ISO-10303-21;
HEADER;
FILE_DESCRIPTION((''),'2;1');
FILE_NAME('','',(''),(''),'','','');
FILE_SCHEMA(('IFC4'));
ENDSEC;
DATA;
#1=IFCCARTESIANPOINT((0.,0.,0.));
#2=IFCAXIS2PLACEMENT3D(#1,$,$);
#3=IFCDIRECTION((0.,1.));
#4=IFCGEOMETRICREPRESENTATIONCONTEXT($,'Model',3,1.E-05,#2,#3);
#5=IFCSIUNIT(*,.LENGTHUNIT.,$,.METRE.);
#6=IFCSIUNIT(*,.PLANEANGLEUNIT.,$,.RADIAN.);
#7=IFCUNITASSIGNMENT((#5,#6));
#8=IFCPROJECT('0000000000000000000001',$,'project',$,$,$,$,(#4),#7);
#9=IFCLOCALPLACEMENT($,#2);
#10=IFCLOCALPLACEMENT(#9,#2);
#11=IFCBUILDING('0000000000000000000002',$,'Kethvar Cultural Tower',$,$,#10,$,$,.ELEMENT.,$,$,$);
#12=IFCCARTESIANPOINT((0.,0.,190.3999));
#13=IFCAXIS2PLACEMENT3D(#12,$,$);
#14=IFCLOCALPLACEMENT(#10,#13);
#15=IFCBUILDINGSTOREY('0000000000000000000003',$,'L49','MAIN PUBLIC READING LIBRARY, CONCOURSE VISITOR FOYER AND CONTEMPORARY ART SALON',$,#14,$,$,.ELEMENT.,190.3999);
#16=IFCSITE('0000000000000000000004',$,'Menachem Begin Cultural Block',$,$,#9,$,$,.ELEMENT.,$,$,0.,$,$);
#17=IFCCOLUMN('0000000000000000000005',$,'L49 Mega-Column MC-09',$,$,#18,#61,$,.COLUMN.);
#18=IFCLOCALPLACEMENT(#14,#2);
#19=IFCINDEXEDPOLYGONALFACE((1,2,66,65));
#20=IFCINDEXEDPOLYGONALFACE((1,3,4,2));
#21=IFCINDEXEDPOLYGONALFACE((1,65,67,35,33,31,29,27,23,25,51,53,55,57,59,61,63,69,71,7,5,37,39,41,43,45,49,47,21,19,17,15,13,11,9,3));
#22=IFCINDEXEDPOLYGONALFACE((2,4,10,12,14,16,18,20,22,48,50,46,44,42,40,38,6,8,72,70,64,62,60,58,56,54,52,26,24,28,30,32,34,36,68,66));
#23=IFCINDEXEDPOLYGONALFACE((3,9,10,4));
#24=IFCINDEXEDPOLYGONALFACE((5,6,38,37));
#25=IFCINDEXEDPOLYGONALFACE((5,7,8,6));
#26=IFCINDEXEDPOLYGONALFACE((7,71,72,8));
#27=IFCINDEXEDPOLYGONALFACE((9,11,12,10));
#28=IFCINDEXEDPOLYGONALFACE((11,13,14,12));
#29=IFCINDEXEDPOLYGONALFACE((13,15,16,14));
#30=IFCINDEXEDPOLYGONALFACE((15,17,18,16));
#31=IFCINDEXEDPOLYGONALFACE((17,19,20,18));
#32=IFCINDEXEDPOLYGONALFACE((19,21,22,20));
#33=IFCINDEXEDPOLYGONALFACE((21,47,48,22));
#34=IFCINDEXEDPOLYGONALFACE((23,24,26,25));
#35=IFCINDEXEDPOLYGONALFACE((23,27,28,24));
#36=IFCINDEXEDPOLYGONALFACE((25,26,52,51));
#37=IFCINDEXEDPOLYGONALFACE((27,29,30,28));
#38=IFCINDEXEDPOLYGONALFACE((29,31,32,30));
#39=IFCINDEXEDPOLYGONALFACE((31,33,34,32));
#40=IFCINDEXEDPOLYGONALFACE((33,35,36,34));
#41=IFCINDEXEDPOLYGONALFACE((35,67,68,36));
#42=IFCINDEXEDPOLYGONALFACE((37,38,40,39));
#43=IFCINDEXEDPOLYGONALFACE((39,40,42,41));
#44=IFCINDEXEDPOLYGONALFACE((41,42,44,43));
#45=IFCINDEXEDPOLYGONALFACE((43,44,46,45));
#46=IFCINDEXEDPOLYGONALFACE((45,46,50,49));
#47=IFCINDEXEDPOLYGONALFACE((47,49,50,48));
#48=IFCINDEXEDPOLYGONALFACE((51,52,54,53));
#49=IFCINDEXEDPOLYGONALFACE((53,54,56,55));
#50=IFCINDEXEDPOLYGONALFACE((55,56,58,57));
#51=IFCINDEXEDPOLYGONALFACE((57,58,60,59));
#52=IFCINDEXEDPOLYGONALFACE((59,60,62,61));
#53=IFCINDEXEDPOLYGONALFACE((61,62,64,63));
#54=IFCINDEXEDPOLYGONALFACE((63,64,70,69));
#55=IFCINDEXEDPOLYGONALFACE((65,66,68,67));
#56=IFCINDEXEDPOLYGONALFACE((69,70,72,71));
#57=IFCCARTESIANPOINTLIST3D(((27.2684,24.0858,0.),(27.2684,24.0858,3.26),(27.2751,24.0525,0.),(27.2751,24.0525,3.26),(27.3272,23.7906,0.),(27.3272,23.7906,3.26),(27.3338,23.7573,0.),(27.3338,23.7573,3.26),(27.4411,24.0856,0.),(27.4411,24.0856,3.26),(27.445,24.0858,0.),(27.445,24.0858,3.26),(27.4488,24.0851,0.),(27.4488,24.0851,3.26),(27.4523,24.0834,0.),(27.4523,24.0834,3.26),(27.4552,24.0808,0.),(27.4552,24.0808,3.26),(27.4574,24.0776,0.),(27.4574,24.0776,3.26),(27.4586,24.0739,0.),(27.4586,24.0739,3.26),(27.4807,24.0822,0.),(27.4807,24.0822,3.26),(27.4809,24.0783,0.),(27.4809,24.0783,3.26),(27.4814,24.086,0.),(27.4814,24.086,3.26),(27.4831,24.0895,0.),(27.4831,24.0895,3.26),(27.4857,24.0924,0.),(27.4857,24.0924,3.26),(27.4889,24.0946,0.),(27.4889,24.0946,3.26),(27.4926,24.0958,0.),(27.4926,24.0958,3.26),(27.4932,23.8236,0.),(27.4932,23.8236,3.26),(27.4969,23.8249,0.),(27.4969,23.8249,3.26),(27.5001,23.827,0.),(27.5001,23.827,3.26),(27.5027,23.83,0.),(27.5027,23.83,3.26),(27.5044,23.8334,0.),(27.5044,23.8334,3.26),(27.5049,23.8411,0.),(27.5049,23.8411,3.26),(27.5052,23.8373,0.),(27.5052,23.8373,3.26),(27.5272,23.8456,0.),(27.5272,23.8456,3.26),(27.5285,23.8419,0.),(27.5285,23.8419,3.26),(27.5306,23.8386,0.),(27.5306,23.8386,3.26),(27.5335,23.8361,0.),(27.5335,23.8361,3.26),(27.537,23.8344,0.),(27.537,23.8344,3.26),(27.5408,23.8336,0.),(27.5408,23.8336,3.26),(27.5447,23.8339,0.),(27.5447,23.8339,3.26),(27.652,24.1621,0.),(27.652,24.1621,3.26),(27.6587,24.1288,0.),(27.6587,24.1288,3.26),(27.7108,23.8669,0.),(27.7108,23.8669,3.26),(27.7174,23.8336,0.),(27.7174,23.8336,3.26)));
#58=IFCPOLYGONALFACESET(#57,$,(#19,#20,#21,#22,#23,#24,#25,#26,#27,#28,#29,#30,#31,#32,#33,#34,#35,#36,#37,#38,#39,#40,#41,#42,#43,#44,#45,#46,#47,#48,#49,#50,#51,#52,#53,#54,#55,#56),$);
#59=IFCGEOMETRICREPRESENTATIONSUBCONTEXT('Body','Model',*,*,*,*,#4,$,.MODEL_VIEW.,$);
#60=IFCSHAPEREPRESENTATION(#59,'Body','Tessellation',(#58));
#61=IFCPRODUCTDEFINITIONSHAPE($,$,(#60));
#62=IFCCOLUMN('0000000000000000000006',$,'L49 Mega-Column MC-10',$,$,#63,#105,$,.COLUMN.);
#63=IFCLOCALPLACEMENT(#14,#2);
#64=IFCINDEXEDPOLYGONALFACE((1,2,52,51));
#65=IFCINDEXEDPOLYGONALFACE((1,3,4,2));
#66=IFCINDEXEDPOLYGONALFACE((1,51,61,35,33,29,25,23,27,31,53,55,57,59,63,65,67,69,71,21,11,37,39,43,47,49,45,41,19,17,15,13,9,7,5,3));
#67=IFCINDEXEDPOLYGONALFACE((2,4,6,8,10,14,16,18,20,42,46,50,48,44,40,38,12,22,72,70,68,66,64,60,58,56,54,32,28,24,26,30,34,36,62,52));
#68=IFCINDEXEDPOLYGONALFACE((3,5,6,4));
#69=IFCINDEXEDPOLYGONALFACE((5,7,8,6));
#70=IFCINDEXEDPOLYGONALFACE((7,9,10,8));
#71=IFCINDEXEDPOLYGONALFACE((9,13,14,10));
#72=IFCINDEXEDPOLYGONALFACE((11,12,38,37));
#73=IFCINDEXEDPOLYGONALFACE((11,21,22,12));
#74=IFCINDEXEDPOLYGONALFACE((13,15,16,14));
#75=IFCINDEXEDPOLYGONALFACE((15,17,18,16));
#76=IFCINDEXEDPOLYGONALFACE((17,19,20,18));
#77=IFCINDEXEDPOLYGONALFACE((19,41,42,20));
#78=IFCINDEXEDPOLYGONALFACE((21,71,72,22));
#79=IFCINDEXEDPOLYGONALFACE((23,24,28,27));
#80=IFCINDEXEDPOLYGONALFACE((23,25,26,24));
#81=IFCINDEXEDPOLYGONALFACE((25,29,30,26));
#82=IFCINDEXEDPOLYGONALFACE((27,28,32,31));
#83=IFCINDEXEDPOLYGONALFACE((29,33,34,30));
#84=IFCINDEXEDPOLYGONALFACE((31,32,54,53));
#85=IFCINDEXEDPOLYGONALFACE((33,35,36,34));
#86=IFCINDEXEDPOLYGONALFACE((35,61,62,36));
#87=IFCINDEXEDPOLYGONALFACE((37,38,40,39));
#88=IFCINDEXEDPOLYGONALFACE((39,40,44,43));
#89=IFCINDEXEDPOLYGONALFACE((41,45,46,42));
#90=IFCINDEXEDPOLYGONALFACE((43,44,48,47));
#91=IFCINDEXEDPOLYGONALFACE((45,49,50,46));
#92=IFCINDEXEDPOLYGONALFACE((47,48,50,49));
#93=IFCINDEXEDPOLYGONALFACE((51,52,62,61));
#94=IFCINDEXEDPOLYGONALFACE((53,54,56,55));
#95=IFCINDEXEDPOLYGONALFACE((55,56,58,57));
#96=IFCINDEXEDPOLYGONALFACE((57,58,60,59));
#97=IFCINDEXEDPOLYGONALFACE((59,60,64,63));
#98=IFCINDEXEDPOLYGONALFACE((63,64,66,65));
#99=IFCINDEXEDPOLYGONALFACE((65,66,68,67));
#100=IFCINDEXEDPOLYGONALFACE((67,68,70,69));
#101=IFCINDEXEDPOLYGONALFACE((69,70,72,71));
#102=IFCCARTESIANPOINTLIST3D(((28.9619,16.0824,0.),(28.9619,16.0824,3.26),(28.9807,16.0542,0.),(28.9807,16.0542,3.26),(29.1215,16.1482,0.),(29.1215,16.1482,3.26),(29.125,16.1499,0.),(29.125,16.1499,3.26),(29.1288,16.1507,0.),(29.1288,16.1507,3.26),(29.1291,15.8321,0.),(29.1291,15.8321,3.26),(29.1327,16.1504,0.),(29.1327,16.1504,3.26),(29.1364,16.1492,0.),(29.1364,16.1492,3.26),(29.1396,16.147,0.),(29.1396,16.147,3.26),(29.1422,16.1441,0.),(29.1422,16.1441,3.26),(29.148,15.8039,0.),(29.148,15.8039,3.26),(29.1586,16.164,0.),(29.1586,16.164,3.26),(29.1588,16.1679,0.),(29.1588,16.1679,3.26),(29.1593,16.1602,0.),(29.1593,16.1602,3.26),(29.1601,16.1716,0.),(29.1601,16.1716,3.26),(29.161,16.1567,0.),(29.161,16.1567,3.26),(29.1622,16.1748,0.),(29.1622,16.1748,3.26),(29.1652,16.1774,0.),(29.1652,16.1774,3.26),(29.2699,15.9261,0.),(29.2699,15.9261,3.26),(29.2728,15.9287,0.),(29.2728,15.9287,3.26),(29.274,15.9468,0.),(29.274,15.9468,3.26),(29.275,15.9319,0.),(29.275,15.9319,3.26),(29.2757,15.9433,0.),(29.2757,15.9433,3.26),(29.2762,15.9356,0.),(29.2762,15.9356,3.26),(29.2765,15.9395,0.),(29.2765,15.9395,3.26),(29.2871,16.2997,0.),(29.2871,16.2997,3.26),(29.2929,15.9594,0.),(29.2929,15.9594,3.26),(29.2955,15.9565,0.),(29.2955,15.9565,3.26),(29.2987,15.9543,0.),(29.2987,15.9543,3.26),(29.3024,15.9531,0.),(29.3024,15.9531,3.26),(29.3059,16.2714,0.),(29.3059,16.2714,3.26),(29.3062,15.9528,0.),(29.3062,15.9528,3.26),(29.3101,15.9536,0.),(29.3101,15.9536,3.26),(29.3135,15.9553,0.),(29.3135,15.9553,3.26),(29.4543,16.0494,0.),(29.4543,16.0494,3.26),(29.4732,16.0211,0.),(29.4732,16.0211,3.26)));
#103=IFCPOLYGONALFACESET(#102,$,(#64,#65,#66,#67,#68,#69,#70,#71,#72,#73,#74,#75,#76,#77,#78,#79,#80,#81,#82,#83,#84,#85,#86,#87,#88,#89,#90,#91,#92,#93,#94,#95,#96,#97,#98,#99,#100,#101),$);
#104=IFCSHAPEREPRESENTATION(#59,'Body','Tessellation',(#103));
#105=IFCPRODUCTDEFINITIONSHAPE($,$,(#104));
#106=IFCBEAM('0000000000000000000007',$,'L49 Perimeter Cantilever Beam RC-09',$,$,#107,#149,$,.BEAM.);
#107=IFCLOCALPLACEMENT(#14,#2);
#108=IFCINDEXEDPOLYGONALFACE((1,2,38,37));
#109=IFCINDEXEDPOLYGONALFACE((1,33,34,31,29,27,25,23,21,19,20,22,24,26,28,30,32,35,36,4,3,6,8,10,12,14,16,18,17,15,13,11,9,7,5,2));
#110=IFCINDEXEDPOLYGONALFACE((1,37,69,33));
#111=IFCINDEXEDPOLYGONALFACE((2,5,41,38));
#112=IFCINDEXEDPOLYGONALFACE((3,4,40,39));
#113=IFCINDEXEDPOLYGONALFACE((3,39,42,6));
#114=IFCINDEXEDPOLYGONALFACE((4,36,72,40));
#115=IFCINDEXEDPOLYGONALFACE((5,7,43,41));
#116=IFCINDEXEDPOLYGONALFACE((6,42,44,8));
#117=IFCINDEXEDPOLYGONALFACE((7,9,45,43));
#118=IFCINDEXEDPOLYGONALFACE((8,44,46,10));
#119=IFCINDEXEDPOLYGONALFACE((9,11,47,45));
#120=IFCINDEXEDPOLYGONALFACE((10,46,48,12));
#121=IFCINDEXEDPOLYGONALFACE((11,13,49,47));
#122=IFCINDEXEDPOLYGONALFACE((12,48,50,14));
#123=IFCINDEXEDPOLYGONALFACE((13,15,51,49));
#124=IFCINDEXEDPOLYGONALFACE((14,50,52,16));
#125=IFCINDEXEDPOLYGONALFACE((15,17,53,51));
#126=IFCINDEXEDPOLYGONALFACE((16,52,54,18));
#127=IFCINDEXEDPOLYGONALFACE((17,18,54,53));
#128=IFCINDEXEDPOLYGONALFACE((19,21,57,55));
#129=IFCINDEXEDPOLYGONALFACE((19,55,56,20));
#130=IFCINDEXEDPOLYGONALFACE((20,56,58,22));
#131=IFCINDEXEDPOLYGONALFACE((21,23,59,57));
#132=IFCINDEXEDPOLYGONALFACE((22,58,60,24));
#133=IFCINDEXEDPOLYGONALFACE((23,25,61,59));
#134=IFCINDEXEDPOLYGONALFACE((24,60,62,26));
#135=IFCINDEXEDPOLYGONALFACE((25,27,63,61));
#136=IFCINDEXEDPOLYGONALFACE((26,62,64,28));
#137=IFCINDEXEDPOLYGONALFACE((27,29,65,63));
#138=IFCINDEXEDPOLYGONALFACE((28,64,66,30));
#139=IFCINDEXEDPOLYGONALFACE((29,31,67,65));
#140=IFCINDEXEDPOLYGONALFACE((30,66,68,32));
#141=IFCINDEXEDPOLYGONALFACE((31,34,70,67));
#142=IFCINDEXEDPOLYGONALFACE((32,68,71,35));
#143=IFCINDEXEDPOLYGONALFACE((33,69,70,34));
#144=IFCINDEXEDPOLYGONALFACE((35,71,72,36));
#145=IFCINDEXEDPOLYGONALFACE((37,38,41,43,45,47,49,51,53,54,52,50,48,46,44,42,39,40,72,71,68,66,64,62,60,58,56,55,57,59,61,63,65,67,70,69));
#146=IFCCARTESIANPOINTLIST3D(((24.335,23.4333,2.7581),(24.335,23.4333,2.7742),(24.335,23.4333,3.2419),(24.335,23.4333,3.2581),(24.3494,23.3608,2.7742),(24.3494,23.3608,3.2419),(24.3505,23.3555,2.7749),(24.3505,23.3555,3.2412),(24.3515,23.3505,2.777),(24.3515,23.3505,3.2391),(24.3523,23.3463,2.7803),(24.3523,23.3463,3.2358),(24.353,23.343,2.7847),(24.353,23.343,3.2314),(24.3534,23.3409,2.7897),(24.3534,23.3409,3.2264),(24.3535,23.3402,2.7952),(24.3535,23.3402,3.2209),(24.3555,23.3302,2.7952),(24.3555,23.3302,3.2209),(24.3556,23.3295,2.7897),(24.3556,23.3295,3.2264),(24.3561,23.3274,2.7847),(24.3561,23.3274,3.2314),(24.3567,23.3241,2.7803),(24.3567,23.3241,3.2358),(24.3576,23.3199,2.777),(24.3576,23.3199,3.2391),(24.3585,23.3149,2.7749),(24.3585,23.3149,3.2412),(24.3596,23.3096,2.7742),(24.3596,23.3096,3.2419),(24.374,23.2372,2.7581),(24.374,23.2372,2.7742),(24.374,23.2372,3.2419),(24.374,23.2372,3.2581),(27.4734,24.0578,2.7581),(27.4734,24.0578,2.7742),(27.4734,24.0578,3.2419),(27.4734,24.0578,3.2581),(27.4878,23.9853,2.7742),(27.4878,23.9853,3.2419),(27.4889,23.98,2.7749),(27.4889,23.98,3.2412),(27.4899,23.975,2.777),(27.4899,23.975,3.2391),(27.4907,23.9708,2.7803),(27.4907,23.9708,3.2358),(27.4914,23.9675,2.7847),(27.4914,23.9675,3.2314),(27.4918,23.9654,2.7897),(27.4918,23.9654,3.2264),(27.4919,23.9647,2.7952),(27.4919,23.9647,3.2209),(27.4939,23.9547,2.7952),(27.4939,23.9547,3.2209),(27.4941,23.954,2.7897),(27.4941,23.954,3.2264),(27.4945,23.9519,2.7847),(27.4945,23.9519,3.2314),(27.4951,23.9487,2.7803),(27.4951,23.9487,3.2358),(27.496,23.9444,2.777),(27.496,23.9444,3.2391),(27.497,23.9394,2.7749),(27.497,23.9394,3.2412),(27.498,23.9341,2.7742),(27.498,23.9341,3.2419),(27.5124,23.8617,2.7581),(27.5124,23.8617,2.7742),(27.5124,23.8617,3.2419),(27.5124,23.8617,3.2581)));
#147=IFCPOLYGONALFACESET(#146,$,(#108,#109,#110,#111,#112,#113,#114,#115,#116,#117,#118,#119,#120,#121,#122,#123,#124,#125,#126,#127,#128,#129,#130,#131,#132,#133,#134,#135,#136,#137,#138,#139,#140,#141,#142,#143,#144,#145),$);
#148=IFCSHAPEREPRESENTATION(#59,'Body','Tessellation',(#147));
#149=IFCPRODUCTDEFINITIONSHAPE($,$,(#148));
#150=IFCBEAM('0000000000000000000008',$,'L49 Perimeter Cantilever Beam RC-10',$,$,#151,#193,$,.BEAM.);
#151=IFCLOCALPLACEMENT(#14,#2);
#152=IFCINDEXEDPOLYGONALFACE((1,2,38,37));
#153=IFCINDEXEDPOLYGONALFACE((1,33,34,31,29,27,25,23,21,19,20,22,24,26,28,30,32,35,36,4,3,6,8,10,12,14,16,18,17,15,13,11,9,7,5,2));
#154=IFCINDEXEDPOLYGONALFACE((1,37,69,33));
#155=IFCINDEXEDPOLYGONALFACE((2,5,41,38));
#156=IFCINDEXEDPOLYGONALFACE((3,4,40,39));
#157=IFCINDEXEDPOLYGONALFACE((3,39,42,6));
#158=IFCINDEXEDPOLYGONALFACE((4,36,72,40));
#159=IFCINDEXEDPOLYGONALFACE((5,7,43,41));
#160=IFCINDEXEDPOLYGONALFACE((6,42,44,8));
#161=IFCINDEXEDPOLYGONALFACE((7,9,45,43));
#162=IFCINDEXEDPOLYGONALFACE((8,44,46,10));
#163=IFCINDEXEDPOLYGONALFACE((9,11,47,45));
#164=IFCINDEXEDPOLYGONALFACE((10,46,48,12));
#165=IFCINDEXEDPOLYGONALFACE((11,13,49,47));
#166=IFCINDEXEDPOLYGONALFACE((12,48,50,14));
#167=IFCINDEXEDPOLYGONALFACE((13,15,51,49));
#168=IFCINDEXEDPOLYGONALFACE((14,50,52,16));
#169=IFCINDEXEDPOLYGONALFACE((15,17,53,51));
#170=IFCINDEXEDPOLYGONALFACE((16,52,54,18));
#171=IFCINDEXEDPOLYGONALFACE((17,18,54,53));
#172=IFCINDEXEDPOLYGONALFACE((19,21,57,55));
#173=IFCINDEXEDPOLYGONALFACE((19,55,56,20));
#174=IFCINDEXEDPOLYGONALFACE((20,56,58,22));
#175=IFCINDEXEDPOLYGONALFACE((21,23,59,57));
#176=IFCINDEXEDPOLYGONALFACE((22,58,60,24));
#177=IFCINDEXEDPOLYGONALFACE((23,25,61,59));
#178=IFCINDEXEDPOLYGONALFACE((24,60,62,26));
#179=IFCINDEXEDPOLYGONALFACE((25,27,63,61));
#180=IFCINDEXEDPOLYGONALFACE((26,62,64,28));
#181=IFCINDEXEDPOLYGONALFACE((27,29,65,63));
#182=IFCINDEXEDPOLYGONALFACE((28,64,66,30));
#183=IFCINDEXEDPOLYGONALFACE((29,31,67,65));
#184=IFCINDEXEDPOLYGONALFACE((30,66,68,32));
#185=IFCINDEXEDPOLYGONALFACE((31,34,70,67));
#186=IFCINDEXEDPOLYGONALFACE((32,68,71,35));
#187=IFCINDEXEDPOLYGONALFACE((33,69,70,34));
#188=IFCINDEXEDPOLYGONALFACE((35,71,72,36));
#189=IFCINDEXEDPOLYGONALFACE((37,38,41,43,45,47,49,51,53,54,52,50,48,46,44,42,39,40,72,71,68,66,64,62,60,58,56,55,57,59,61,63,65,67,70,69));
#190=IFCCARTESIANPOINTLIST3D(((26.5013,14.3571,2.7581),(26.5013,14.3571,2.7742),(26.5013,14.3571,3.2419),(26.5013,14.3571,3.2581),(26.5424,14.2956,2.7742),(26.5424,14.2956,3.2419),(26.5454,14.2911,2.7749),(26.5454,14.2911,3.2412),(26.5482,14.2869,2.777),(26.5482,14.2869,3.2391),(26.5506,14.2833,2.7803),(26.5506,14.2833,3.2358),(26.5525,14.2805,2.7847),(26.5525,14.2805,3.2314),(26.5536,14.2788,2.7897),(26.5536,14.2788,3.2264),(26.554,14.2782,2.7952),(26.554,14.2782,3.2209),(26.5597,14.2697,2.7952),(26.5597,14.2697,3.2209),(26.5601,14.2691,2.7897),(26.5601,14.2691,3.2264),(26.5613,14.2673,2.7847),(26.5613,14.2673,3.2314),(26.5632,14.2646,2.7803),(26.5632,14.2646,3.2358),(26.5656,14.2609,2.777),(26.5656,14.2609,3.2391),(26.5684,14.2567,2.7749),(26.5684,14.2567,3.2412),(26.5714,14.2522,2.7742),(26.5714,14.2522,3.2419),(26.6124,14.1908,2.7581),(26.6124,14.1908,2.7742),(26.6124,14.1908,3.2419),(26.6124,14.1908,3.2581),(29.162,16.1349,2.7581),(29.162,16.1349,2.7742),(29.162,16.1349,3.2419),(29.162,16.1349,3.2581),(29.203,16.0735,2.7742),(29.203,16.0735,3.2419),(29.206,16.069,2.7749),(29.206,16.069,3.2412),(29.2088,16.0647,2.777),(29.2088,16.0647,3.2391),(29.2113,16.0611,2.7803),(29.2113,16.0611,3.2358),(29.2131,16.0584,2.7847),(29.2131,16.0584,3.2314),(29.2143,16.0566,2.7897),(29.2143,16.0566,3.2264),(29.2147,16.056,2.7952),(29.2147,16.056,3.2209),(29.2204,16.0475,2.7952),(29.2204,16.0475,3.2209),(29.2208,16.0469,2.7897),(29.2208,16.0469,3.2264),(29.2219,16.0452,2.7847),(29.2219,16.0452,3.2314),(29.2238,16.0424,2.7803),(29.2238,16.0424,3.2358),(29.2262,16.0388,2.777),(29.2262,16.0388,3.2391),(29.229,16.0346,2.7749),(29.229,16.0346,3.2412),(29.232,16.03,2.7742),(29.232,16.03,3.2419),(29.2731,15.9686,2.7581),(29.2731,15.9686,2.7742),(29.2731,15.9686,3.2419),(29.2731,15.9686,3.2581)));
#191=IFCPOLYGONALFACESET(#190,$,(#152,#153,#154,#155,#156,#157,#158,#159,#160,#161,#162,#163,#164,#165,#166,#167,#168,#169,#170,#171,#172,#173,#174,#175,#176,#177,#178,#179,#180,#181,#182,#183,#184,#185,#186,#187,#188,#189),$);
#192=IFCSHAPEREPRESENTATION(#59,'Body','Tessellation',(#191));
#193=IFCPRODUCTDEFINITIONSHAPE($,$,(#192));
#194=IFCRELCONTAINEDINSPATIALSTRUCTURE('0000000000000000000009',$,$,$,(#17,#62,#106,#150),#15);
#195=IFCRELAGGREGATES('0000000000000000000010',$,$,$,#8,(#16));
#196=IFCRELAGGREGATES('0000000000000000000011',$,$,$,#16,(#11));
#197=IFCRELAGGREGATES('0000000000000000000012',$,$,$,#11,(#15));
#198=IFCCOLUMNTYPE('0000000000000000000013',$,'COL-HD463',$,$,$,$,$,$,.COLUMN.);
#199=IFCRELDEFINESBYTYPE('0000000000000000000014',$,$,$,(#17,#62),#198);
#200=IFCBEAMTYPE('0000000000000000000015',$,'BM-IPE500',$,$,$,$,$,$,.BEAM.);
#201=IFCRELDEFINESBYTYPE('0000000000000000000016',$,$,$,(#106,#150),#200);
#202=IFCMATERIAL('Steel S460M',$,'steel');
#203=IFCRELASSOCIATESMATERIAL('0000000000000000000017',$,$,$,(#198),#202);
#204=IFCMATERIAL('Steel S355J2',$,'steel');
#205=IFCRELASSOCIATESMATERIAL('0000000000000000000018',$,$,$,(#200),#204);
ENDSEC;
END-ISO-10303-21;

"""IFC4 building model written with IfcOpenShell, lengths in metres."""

from ifc_helpers import new_model, si_unit, direction, frame, origin, origin_2d, place, context, subcontext, project, spatial, i_section, extrude, source, transform, mapped, material, material_profile, profile_set, type_object, element, save


model = new_model("IFC4")

# Units and contexts
model_context = context("Model", 3, precision=1e-05, world=origin(), true_north=direction((0.0, 1.0)))
body_context = subcontext(model_context, "Body", "Model", "MODEL_VIEW")
ifc_project = project(units=[si_unit("LENGTHUNIT", "METRE"), si_unit("PLANEANGLEUNIT", "RADIAN")], contexts=[model_context])

# Site, building, storey
site_placement = place(None, origin())
site = spatial("IfcSite", under=ifc_project, at=site_placement, Name="Menachem Begin Cultural Block", CompositionType="ELEMENT", RefElevation=0.0)
building_placement = place(site_placement, origin())
building = spatial("IfcBuilding", under=site, at=building_placement, Name="Kethvar Cultural Tower", CompositionType="ELEMENT")
storey_placement = place(building_placement, frame((0.0, 0.0, 190.3999)))
storey = spatial("IfcBuildingStorey", under=building, at=storey_placement, Name="L49", Description="MAIN PUBLIC READING LIBRARY, CONCOURSE VISITOR FOYER AND CONTEMPORARY ART SALON", CompositionType="ELEMENT", Elevation=190.3999)

# Columns
ifc_material_1 = material(Name="Steel S460M", Category="steel")
ifc_material_profile_1 = material_profile(ifc_material_1, i_section(OverallWidth=0.3911, OverallDepth=0.335, WebThickness=0.0227, FlangeThickness=0.0339, FilletRadius=0.0149, at=origin_2d()), Name="Steel S460M — HD400x463")
ifc_profile_set_1 = profile_set([ifc_material_profile_1], Name="Steel S460M — HD400x463")
column_type = type_object("IfcColumnType", Name="COL-HD463", PredefinedType="COLUMN", material=ifc_profile_set_1)
shared_shape_1 = source(origin(), body_context, "Body", "SweptSolid", [
    extrude(i_section(OverallWidth=0.3911, OverallDepth=0.335, WebThickness=0.0227, FlangeThickness=0.0339, FilletRadius=0.0149, at=origin_2d()), origin(), (0.0, 0.0, 1.0), 3.26),
])
for number, where, z_axis, x_axis, name in (
    (1, (27.4929, 23.9597, 0.0), (0.0, 0.0, 1.0), (-0.980785, -0.19509, 0.0), "L49 Mega-Column MC-09"),
    (2, (29.2175, 16.0518, 0.0), (0.0, 0.0, 1.0), (-0.83147, -0.55557, 0.0), "L49 Mega-Column MC-10"),
):
    element("IfcColumn", number, at=place(storey_placement, frame(where, z_axis=z_axis, x_axis=x_axis)), inside=storey, type_object=column_type, Name=name, PredefinedType="COLUMN", context=body_context, shape_type="MappedRepresentation", body=[
        mapped(shared_shape_1, transform((0.0, 0.0, 0.0), scale=1.0)),
    ])

# Beams
ifc_material_2 = material(Name="Steel S355J2", Category="steel")
ifc_material_profile_2 = material_profile(ifc_material_2, i_section(OverallWidth=0.2, OverallDepth=0.5, WebThickness=0.0103, FlangeThickness=0.0161, FilletRadius=0.021, at=origin_2d()), Name="Steel S355J2 — IPE500")
ifc_profile_set_2 = profile_set([ifc_material_profile_2], Name="Steel S355J2 — IPE500")
beam_type_1 = type_object("IfcBeamType", Name="BM-IPE500", PredefinedType="BEAM", material=ifc_profile_set_2)
shared_shape_2 = source(origin(), body_context, "Body", "SweptSolid", [
    extrude(i_section(OverallWidth=0.2, OverallDepth=0.5, WebThickness=0.0103, FlangeThickness=0.0161, FilletRadius=0.021, at=origin_2d()), origin(), (0.0, 0.0, 1.0), 3.2),
])
for number, where, z_axis, x_axis, name in (
    (3, (27.4929, 23.9597, 3.0081), (-0.980771, -0.195162, 0.0), (0.195162, -0.980771, 0.0), "L49 Perimeter Cantilever Beam RC-09"),
    (4, (29.2175, 16.0518, 3.0081), (-0.831463, -0.55558, 0.0), (0.55558, -0.831463, 0.0), "L49 Perimeter Cantilever Beam RC-10"),
):
    element("IfcBeam", number, at=place(storey_placement, frame(where, z_axis=z_axis, x_axis=x_axis)), inside=storey, type_object=beam_type_1, Name=name, PredefinedType="BEAM", context=body_context, shape_type="MappedRepresentation", body=[
        mapped(shared_shape_2, transform((0.0, 0.0, 0.0), scale=1.0)),
    ])

save(model, "model.ifc")
